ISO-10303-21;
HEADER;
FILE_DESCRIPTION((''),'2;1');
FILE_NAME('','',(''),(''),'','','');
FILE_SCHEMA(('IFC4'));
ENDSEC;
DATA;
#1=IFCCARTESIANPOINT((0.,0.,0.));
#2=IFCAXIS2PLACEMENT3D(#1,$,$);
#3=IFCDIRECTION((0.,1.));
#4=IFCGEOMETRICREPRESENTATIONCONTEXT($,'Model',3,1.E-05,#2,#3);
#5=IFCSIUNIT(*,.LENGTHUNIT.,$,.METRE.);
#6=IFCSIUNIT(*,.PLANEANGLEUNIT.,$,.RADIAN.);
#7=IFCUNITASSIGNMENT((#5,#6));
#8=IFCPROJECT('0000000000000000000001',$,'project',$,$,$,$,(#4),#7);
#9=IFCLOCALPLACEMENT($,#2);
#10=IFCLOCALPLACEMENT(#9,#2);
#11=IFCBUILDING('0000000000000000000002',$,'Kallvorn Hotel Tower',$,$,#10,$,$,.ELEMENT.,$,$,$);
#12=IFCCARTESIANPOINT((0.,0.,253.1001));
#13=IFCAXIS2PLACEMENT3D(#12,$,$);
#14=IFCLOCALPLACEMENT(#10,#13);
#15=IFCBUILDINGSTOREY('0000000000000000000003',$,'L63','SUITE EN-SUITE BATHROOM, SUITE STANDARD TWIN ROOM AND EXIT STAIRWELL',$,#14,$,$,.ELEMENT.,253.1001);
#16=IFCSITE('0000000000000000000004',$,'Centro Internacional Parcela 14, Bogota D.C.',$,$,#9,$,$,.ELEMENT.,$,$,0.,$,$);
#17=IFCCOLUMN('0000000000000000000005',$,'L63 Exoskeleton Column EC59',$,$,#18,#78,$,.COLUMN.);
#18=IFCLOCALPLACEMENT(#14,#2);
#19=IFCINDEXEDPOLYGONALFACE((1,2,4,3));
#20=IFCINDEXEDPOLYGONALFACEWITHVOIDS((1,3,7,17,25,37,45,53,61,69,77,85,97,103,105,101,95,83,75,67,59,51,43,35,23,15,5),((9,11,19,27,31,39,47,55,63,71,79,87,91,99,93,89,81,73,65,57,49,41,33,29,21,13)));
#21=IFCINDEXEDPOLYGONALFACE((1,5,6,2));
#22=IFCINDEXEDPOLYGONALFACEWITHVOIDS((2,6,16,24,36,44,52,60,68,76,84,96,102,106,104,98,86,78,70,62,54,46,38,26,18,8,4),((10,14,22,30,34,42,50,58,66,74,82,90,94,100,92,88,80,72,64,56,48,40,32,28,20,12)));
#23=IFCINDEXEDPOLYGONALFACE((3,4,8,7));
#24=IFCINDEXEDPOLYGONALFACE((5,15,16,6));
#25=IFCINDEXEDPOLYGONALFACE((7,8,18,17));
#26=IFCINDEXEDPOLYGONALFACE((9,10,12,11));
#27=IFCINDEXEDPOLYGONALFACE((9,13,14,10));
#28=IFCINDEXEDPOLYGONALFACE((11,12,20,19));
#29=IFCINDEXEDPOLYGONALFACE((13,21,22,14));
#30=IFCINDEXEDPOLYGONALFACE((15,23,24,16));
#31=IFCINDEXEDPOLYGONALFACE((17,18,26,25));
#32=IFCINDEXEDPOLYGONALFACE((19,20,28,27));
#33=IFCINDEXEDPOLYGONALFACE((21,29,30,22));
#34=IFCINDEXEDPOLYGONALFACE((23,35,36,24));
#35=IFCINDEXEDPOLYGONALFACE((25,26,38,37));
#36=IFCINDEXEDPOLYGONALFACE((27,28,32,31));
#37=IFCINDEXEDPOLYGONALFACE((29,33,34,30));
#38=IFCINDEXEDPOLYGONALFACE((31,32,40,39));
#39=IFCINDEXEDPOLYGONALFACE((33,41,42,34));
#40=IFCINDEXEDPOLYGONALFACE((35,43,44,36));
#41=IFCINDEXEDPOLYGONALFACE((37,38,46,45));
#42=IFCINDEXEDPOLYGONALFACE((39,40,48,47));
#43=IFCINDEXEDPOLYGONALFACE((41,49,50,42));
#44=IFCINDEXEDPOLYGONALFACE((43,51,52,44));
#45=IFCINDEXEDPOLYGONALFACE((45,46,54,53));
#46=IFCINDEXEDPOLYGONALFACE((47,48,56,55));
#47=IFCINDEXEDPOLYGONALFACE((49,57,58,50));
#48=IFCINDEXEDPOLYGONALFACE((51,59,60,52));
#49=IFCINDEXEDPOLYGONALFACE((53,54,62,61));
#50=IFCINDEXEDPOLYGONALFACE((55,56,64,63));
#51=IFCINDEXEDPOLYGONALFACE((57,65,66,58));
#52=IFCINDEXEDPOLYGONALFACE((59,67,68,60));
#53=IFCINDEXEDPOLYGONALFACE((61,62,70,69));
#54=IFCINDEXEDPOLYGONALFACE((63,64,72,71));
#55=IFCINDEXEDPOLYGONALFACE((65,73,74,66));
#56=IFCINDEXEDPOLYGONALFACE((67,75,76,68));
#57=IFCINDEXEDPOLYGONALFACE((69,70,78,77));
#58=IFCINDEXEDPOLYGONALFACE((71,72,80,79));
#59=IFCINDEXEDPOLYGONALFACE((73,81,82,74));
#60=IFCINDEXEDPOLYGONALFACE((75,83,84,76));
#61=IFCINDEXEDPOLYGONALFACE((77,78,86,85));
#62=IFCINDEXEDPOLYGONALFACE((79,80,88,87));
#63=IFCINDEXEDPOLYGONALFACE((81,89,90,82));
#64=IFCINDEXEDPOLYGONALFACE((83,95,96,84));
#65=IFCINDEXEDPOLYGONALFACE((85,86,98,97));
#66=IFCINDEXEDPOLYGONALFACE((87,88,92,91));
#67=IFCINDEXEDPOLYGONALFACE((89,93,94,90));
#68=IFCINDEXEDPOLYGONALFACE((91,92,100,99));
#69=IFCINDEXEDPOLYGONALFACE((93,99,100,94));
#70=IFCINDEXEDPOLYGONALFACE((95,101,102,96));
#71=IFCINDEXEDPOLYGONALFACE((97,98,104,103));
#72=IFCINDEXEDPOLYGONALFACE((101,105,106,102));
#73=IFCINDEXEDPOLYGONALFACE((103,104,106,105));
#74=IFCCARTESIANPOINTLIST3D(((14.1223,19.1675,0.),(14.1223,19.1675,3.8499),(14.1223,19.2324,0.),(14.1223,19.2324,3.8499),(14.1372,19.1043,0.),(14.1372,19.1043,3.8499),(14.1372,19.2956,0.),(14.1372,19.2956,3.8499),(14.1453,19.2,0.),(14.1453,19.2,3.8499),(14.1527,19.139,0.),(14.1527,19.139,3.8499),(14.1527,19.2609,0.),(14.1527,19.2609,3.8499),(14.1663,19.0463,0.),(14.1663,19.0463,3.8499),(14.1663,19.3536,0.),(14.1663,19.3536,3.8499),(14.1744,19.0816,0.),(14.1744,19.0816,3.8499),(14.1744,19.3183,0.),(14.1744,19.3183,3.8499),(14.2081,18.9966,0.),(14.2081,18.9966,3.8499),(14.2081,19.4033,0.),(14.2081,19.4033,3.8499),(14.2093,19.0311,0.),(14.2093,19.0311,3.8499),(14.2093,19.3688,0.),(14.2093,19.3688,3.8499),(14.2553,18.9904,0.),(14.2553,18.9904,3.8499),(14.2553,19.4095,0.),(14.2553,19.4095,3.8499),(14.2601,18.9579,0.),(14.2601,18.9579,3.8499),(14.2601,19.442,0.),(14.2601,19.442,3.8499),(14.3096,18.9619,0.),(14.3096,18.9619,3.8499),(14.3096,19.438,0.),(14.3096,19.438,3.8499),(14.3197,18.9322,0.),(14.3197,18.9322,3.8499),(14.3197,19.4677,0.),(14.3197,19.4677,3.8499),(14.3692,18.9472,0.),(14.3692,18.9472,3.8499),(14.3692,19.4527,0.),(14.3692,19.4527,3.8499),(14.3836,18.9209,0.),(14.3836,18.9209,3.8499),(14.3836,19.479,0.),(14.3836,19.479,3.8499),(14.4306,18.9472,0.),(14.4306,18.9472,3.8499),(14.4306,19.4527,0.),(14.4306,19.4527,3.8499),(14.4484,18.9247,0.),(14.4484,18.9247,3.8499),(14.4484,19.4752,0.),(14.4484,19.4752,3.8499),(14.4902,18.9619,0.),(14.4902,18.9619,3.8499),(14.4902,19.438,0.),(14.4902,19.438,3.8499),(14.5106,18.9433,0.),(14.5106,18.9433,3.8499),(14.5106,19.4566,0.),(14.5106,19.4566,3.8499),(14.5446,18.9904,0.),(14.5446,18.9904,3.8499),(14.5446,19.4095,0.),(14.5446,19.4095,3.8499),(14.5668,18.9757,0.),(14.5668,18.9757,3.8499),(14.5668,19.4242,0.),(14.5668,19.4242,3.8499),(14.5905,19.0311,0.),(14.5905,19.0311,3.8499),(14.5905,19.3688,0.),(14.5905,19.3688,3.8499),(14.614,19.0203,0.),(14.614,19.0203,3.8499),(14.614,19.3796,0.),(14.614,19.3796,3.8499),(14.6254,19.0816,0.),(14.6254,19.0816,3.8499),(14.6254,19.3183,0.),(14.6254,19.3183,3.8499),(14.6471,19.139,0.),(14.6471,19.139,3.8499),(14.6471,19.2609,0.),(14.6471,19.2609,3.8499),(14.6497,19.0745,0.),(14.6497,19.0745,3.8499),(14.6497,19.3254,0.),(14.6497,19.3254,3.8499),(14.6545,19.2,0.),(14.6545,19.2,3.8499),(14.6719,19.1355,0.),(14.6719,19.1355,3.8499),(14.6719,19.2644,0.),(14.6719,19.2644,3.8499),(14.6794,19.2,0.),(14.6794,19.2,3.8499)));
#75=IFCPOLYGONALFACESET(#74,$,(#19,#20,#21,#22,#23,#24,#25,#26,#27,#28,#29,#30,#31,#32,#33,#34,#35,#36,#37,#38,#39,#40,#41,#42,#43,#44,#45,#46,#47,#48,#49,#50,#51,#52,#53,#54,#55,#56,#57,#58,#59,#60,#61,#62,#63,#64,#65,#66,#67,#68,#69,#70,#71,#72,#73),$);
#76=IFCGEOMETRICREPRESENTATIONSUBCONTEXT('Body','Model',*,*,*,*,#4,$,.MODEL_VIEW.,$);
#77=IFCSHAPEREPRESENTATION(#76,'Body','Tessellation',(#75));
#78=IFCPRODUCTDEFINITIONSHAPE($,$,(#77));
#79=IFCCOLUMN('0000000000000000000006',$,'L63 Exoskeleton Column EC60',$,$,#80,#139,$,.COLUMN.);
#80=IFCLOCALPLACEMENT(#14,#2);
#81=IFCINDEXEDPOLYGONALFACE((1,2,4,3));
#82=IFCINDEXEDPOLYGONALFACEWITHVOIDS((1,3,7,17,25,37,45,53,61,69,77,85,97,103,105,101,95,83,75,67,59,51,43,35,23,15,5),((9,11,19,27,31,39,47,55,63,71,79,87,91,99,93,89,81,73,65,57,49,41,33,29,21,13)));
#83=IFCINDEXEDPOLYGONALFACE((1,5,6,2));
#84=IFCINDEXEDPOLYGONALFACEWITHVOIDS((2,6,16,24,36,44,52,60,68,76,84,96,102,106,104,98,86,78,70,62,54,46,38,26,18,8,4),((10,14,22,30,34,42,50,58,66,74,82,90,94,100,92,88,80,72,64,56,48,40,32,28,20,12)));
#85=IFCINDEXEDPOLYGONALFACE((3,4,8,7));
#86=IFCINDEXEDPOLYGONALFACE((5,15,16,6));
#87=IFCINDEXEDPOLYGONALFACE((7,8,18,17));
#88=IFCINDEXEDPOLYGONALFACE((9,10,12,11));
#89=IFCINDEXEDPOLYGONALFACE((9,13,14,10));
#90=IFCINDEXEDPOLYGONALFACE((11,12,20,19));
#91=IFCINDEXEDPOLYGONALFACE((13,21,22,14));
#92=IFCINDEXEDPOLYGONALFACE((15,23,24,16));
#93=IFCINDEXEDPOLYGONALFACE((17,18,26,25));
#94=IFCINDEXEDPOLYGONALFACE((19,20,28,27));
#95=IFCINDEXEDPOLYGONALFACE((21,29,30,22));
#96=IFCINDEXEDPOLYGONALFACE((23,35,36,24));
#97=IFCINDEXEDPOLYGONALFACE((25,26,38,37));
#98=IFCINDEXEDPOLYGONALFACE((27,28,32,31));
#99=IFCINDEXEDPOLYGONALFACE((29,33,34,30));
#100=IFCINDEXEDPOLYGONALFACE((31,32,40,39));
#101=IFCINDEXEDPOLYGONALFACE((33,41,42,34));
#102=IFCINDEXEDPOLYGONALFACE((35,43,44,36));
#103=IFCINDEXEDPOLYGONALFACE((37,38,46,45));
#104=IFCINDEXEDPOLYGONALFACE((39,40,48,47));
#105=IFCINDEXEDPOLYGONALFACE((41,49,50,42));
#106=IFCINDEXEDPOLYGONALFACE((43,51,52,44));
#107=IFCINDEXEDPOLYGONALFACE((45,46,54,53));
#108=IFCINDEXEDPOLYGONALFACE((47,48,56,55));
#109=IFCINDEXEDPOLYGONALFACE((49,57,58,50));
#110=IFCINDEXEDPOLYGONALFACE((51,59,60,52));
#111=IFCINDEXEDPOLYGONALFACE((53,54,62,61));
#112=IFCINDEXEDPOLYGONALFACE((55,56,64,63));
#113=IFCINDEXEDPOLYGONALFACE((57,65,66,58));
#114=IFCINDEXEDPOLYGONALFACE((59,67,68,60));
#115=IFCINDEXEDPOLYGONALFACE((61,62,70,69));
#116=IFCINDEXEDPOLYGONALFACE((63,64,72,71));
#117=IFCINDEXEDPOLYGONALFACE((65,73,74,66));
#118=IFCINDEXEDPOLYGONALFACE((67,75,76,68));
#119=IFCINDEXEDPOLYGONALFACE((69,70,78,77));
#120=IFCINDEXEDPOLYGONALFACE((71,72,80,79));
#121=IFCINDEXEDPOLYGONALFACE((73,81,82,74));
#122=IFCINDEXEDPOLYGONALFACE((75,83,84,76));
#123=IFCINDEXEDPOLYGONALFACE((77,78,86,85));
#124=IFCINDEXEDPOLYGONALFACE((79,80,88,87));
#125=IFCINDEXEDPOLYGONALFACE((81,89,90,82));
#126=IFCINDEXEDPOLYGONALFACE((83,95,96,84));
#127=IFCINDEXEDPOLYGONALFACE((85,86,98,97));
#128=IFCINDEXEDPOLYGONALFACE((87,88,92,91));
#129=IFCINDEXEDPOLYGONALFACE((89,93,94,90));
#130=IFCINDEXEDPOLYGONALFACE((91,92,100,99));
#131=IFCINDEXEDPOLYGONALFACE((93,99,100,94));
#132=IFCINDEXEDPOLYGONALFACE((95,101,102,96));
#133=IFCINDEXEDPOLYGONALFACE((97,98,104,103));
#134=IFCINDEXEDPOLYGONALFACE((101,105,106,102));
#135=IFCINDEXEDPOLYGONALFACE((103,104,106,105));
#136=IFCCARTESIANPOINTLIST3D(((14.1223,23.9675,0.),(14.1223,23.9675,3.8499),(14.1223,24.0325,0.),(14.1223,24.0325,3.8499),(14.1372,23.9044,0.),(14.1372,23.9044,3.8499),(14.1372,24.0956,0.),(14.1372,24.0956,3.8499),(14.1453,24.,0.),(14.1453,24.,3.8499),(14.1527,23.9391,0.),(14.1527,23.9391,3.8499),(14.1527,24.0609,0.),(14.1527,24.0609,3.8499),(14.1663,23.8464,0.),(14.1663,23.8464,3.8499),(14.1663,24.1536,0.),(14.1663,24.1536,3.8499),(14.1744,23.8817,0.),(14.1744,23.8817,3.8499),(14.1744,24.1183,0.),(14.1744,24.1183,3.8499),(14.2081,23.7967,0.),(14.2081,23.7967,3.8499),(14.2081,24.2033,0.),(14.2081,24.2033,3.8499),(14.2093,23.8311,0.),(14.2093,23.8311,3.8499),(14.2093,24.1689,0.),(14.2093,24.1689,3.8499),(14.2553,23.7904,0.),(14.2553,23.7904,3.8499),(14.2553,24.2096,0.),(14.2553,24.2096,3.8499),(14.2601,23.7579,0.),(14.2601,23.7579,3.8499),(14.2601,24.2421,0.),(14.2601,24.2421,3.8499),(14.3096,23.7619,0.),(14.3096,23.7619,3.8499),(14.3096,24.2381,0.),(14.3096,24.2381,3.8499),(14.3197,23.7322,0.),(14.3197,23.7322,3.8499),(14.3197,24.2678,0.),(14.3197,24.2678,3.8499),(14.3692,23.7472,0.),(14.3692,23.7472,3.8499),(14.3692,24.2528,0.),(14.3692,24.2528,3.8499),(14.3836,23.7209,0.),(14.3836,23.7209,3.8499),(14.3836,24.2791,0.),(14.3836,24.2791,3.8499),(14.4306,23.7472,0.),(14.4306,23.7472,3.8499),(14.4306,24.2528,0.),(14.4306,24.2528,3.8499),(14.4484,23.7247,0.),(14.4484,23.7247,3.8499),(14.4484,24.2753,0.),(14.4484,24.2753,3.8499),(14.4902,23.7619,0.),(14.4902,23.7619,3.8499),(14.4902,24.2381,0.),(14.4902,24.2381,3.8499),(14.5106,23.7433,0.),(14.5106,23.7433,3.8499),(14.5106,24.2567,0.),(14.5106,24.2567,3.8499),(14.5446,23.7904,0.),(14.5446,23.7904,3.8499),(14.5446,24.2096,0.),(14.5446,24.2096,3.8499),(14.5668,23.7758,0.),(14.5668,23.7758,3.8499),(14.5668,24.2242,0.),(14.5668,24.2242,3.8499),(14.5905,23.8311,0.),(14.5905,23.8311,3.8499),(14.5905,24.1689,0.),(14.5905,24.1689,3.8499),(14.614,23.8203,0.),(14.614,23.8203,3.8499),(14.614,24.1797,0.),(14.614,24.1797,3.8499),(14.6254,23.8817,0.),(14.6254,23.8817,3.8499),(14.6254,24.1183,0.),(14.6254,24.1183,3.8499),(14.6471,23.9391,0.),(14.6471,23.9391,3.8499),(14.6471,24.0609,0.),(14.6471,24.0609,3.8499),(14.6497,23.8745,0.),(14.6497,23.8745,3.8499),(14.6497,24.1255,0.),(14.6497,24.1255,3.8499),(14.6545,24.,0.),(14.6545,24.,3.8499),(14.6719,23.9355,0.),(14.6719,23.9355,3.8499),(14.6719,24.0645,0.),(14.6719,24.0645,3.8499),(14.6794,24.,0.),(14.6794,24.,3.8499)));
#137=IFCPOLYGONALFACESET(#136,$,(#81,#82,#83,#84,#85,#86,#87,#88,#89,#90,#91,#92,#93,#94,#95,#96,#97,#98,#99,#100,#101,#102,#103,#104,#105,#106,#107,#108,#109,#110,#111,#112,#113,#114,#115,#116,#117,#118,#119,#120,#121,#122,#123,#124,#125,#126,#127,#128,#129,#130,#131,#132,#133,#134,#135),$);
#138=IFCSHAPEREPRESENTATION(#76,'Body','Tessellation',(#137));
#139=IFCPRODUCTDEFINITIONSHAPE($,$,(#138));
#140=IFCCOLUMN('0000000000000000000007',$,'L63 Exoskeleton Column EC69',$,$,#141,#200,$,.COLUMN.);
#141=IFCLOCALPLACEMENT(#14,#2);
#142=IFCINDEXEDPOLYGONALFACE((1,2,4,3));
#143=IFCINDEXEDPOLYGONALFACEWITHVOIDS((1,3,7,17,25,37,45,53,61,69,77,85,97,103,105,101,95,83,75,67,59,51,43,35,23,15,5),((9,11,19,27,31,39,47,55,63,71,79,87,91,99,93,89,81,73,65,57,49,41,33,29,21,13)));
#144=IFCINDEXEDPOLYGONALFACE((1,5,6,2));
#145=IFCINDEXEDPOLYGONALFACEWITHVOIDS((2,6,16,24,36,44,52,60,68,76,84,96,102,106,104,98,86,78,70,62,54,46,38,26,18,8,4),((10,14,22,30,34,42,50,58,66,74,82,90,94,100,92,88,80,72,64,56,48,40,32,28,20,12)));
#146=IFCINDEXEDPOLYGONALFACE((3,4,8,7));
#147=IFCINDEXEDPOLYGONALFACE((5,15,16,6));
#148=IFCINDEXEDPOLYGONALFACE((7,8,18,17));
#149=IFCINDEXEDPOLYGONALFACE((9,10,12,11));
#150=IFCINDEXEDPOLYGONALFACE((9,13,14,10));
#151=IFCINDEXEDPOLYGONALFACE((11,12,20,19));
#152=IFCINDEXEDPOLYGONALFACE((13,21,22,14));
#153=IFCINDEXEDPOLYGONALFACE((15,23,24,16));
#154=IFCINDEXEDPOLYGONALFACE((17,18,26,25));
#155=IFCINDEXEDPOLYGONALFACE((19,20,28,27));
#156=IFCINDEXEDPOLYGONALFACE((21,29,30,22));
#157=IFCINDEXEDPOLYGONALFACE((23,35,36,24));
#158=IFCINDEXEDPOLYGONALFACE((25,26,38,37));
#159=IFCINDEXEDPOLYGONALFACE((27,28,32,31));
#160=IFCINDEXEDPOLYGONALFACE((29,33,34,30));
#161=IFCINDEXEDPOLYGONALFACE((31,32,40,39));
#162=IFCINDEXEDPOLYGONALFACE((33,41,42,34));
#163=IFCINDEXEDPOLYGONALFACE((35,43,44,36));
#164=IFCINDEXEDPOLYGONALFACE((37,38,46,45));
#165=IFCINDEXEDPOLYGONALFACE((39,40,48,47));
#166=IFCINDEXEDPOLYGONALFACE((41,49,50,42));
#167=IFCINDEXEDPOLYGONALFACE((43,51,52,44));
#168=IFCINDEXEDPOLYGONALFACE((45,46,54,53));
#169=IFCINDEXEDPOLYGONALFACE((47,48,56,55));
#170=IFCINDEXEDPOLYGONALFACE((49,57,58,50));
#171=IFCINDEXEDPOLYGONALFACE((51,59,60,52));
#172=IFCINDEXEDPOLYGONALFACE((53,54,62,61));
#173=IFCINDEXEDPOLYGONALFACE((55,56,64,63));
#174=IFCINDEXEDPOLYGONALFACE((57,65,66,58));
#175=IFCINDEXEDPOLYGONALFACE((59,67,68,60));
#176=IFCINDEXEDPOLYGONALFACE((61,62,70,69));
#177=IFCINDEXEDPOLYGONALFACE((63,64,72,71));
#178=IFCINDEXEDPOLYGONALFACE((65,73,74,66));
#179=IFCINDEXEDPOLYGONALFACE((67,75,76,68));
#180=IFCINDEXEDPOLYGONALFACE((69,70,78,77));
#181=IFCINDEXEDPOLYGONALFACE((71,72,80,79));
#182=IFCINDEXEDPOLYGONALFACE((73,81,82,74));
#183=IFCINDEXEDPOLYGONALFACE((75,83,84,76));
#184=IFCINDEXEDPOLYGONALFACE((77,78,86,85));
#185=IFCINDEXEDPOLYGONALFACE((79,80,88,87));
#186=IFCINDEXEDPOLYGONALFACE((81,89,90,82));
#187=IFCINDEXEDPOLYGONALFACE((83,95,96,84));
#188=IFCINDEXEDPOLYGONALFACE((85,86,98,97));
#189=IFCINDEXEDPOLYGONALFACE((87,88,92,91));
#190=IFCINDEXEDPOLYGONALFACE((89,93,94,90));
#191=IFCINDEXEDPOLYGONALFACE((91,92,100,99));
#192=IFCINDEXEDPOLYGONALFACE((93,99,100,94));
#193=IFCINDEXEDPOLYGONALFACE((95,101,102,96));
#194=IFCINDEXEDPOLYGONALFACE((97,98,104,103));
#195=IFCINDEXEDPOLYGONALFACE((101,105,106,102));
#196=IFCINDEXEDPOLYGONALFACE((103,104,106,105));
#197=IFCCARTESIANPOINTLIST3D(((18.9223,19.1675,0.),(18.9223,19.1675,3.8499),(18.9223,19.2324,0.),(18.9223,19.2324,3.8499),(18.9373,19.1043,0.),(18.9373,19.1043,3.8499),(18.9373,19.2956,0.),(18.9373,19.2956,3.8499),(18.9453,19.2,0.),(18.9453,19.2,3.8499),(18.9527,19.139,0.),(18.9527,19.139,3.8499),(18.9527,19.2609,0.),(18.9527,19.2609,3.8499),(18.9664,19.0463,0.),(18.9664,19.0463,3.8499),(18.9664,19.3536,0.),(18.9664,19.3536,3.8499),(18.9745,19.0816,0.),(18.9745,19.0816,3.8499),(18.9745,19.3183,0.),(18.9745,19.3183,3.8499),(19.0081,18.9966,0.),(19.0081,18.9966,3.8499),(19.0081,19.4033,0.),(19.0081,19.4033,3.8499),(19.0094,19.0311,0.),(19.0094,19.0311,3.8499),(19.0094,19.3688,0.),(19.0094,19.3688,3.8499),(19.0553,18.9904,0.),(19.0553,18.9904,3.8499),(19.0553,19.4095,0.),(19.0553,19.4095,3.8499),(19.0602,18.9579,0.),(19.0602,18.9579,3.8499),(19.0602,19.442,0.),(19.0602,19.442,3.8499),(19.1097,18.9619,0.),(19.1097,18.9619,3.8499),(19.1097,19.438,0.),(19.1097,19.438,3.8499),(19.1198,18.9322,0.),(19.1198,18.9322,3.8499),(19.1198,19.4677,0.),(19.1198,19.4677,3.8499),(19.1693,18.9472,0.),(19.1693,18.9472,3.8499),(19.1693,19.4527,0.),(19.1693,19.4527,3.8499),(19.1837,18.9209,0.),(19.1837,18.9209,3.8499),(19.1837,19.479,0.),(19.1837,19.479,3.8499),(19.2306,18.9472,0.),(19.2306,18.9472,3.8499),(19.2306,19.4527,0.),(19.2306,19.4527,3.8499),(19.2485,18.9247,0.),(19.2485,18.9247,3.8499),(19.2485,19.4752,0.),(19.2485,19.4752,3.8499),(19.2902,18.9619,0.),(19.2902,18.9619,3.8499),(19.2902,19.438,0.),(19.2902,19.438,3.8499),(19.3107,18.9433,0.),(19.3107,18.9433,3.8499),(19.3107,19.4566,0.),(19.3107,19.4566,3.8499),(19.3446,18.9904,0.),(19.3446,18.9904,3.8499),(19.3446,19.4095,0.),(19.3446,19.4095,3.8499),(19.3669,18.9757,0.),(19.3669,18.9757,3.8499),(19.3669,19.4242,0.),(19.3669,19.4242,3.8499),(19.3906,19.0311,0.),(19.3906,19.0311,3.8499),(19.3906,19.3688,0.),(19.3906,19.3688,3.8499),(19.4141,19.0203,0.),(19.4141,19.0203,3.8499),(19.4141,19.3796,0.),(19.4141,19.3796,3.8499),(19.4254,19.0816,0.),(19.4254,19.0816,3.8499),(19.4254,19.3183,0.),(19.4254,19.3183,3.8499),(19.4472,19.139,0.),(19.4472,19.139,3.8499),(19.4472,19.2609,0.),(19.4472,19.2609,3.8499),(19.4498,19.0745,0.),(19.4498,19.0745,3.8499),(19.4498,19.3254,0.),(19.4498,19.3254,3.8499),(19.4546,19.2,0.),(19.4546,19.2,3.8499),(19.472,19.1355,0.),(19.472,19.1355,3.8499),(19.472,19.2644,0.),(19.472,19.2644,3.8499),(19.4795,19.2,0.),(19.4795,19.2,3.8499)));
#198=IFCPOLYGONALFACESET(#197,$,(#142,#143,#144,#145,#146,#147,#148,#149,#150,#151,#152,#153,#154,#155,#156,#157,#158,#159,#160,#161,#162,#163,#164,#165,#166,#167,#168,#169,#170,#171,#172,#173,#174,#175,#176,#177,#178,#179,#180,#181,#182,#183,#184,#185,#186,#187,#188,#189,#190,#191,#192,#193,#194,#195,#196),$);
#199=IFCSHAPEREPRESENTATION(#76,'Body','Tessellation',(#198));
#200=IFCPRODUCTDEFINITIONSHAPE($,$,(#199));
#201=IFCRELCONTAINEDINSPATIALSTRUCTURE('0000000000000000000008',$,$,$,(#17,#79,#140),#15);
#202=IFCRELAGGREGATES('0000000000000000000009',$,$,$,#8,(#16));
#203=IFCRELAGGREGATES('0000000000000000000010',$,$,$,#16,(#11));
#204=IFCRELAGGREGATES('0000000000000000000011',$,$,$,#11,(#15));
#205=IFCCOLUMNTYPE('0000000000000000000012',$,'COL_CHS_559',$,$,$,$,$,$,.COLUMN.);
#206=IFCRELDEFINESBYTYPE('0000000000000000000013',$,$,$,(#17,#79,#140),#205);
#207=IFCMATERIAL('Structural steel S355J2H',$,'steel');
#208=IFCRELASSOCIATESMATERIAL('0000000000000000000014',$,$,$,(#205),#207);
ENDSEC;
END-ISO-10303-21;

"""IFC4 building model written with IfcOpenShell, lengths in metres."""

from ifc_helpers import new_model, si_unit, direction, frame, origin, origin_2d, place, context, subcontext, project, spatial, hollow_circle, extrude, material, material_profile, profile_set, type_object, element, save


model = new_model("IFC4")

# Units and contexts
model_context = context("Model", 3, precision=1e-05, world=origin(), true_north=direction((0.0, 1.0)))
body_context = subcontext(model_context, "Body", "Model", "MODEL_VIEW")
ifc_project = project(units=[si_unit("LENGTHUNIT", "METRE"), si_unit("PLANEANGLEUNIT", "RADIAN")], contexts=[model_context])

# Site, building, storey
site_placement = place(None, origin())
site = spatial("IfcSite", under=ifc_project, at=site_placement, Name="Centro Internacional Parcela 14, Bogota D.C.", CompositionType="ELEMENT", RefElevation=0.0)
building_placement = place(site_placement, origin())
building = spatial("IfcBuilding", under=site, at=building_placement, Name="Kallvorn Hotel Tower", CompositionType="ELEMENT")
storey_placement = place(building_placement, frame((0.0, 0.0, 253.1001)))
storey = spatial("IfcBuildingStorey", under=building, at=storey_placement, Name="L63", Description="SUITE EN-SUITE BATHROOM, SUITE STANDARD TWIN ROOM AND EXIT STAIRWELL", CompositionType="ELEMENT", Elevation=253.1001)

# Columns
ifc_material_1 = material(Name="Structural steel S355J2H", Category="steel")
ifc_material_profile_1 = material_profile(ifc_material_1, hollow_circle(Radius=0.2795, WallThickness=0.0249, at=origin_2d()), Name="CHS 559x25")
ifc_profile_set_1 = profile_set([ifc_material_profile_1], Name="Structural steel S355J2H")
column_type = type_object("IfcColumnType", Name="COL_CHS_559", PredefinedType="COLUMN", material=ifc_profile_set_1)
for number, where, z_axis, x_axis, name in (
    (1, (14.3999, 19.2, 0.0), (0.0, 0.0, 1.0), (1.0, 0.0, 0.0), "L63 Exoskeleton Column EC59"),
    (2, (14.3999, 24.0, 0.0), (0.0, 0.0, 1.0), (1.0, 0.0, 0.0), "L63 Exoskeleton Column EC60"),
    (3, (19.2, 19.2, 0.0), (0.0, 0.0, 1.0), (1.0, 0.0, 0.0), "L63 Exoskeleton Column EC69"),
):
    element("IfcColumn", number, at=place(storey_placement, frame(where, z_axis=z_axis, x_axis=x_axis)), inside=storey, type_object=column_type, Name=name, PredefinedType="COLUMN", context=body_context, shape_type="SweptSolid", body=[
        extrude(hollow_circle(Radius=0.2795, WallThickness=0.0249, at=origin_2d()), origin(), (0.0, 0.0, 1.0), 3.8499),
    ])

save(model, "model.ifc")
